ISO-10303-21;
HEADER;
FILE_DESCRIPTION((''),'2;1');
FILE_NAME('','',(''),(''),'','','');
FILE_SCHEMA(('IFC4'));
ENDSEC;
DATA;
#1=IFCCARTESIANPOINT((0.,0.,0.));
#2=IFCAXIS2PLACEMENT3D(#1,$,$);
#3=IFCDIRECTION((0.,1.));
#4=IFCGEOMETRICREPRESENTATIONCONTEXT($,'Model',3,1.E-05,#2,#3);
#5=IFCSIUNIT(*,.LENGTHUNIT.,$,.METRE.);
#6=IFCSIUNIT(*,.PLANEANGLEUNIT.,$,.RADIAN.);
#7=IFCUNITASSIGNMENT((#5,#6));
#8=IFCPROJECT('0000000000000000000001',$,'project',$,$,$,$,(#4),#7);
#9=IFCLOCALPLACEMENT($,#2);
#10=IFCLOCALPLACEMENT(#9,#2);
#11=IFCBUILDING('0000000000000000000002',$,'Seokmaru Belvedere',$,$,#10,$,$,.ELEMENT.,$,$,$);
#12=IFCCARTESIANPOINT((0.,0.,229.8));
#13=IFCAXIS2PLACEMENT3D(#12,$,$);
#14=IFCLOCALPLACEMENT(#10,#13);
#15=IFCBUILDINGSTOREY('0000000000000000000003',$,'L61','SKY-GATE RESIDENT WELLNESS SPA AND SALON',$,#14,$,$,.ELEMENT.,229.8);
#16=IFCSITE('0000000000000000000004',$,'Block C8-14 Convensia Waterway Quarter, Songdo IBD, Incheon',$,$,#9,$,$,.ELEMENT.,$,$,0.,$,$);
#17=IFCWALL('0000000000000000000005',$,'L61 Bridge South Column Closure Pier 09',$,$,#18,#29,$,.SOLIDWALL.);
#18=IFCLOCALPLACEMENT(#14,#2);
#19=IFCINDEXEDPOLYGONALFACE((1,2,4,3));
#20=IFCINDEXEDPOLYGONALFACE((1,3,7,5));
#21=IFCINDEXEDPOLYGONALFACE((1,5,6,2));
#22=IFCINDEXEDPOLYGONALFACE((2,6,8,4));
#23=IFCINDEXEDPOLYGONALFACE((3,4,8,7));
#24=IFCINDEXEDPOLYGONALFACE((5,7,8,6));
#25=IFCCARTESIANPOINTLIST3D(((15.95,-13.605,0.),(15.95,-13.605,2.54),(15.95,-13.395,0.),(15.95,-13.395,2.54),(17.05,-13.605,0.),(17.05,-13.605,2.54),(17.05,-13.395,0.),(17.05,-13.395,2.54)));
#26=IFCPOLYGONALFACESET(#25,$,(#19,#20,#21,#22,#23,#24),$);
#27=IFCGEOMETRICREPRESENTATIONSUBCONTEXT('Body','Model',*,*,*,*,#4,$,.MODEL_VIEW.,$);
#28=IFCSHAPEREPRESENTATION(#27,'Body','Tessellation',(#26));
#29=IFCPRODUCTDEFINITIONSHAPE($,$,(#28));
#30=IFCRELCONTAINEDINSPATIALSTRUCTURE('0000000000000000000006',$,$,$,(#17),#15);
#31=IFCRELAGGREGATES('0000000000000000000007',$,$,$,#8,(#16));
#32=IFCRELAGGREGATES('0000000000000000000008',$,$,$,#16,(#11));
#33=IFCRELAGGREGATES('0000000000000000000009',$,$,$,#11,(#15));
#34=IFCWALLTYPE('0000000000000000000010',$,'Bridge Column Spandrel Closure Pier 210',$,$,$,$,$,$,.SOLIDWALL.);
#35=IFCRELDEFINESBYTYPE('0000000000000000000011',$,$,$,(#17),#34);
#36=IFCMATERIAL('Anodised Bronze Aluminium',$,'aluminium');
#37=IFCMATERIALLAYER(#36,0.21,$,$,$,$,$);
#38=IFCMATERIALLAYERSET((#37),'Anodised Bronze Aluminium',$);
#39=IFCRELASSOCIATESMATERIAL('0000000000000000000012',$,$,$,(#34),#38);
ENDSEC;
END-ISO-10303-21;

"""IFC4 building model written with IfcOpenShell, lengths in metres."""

from ifc_helpers import new_model, si_unit, direction, frame, frame_2d, origin, place, context, subcontext, project, spatial, rectangle, extrude, material, layer, layer_set, type_object, element, save


model = new_model("IFC4")

# Units and contexts
model_context = context("Model", 3, precision=1e-05, world=origin(), true_north=direction((0.0, 1.0)))
body_context = subcontext(model_context, "Body", "Model", "MODEL_VIEW")
ifc_project = project(units=[si_unit("LENGTHUNIT", "METRE"), si_unit("PLANEANGLEUNIT", "RADIAN")], contexts=[model_context])

# Site, building, storey
site_placement = place(None, origin())
site = spatial("IfcSite", under=ifc_project, at=site_placement, Name="Block C8-14 Convensia Waterway Quarter, Songdo IBD, Incheon", CompositionType="ELEMENT", RefElevation=0.0)
building_placement = place(site_placement, origin())
building = spatial("IfcBuilding", under=site, at=building_placement, Name="Seokmaru Belvedere", CompositionType="ELEMENT")
storey_placement = place(building_placement, frame((0.0, 0.0, 229.8)))
storey = spatial("IfcBuildingStorey", under=building, at=storey_placement, Name="L61", Description="SKY-GATE RESIDENT WELLNESS SPA AND SALON", CompositionType="ELEMENT", Elevation=229.8)

# Shared definitions
ifc_material_1 = material(Name="Anodised Bronze Aluminium", Category="aluminium")

# Wall
ifc_layer_1 = layer(ifc_material_1, 0.21)
ifc_layer_set_1 = layer_set([ifc_layer_1], Name="Anodised Bronze Aluminium")
wall_type = type_object("IfcWallType", Name="Bridge Column Spandrel Closure Pier 210", PredefinedType="SOLIDWALL", material=ifc_layer_set_1)
for number, where, z_axis, x_axis, name in (
    (1, (15.95, -13.5, 0.0), (0.0, 0.0, 1.0), (1.0, 0.0, 0.0), "L61 Bridge South Column Closure Pier 09"),
):
    element("IfcWall", number, at=place(storey_placement, frame(where, z_axis=z_axis, x_axis=x_axis)), inside=storey, type_object=wall_type, Name=name, PredefinedType="SOLIDWALL", context=body_context, shape_type="SweptSolid", body=[
        extrude(rectangle(XDim=1.1001, YDim=0.21, at=frame_2d((0.55, 0.0))), origin(), (0.0, 0.0, 1.0), 2.54),
    ])

save(model, "model.ifc")
